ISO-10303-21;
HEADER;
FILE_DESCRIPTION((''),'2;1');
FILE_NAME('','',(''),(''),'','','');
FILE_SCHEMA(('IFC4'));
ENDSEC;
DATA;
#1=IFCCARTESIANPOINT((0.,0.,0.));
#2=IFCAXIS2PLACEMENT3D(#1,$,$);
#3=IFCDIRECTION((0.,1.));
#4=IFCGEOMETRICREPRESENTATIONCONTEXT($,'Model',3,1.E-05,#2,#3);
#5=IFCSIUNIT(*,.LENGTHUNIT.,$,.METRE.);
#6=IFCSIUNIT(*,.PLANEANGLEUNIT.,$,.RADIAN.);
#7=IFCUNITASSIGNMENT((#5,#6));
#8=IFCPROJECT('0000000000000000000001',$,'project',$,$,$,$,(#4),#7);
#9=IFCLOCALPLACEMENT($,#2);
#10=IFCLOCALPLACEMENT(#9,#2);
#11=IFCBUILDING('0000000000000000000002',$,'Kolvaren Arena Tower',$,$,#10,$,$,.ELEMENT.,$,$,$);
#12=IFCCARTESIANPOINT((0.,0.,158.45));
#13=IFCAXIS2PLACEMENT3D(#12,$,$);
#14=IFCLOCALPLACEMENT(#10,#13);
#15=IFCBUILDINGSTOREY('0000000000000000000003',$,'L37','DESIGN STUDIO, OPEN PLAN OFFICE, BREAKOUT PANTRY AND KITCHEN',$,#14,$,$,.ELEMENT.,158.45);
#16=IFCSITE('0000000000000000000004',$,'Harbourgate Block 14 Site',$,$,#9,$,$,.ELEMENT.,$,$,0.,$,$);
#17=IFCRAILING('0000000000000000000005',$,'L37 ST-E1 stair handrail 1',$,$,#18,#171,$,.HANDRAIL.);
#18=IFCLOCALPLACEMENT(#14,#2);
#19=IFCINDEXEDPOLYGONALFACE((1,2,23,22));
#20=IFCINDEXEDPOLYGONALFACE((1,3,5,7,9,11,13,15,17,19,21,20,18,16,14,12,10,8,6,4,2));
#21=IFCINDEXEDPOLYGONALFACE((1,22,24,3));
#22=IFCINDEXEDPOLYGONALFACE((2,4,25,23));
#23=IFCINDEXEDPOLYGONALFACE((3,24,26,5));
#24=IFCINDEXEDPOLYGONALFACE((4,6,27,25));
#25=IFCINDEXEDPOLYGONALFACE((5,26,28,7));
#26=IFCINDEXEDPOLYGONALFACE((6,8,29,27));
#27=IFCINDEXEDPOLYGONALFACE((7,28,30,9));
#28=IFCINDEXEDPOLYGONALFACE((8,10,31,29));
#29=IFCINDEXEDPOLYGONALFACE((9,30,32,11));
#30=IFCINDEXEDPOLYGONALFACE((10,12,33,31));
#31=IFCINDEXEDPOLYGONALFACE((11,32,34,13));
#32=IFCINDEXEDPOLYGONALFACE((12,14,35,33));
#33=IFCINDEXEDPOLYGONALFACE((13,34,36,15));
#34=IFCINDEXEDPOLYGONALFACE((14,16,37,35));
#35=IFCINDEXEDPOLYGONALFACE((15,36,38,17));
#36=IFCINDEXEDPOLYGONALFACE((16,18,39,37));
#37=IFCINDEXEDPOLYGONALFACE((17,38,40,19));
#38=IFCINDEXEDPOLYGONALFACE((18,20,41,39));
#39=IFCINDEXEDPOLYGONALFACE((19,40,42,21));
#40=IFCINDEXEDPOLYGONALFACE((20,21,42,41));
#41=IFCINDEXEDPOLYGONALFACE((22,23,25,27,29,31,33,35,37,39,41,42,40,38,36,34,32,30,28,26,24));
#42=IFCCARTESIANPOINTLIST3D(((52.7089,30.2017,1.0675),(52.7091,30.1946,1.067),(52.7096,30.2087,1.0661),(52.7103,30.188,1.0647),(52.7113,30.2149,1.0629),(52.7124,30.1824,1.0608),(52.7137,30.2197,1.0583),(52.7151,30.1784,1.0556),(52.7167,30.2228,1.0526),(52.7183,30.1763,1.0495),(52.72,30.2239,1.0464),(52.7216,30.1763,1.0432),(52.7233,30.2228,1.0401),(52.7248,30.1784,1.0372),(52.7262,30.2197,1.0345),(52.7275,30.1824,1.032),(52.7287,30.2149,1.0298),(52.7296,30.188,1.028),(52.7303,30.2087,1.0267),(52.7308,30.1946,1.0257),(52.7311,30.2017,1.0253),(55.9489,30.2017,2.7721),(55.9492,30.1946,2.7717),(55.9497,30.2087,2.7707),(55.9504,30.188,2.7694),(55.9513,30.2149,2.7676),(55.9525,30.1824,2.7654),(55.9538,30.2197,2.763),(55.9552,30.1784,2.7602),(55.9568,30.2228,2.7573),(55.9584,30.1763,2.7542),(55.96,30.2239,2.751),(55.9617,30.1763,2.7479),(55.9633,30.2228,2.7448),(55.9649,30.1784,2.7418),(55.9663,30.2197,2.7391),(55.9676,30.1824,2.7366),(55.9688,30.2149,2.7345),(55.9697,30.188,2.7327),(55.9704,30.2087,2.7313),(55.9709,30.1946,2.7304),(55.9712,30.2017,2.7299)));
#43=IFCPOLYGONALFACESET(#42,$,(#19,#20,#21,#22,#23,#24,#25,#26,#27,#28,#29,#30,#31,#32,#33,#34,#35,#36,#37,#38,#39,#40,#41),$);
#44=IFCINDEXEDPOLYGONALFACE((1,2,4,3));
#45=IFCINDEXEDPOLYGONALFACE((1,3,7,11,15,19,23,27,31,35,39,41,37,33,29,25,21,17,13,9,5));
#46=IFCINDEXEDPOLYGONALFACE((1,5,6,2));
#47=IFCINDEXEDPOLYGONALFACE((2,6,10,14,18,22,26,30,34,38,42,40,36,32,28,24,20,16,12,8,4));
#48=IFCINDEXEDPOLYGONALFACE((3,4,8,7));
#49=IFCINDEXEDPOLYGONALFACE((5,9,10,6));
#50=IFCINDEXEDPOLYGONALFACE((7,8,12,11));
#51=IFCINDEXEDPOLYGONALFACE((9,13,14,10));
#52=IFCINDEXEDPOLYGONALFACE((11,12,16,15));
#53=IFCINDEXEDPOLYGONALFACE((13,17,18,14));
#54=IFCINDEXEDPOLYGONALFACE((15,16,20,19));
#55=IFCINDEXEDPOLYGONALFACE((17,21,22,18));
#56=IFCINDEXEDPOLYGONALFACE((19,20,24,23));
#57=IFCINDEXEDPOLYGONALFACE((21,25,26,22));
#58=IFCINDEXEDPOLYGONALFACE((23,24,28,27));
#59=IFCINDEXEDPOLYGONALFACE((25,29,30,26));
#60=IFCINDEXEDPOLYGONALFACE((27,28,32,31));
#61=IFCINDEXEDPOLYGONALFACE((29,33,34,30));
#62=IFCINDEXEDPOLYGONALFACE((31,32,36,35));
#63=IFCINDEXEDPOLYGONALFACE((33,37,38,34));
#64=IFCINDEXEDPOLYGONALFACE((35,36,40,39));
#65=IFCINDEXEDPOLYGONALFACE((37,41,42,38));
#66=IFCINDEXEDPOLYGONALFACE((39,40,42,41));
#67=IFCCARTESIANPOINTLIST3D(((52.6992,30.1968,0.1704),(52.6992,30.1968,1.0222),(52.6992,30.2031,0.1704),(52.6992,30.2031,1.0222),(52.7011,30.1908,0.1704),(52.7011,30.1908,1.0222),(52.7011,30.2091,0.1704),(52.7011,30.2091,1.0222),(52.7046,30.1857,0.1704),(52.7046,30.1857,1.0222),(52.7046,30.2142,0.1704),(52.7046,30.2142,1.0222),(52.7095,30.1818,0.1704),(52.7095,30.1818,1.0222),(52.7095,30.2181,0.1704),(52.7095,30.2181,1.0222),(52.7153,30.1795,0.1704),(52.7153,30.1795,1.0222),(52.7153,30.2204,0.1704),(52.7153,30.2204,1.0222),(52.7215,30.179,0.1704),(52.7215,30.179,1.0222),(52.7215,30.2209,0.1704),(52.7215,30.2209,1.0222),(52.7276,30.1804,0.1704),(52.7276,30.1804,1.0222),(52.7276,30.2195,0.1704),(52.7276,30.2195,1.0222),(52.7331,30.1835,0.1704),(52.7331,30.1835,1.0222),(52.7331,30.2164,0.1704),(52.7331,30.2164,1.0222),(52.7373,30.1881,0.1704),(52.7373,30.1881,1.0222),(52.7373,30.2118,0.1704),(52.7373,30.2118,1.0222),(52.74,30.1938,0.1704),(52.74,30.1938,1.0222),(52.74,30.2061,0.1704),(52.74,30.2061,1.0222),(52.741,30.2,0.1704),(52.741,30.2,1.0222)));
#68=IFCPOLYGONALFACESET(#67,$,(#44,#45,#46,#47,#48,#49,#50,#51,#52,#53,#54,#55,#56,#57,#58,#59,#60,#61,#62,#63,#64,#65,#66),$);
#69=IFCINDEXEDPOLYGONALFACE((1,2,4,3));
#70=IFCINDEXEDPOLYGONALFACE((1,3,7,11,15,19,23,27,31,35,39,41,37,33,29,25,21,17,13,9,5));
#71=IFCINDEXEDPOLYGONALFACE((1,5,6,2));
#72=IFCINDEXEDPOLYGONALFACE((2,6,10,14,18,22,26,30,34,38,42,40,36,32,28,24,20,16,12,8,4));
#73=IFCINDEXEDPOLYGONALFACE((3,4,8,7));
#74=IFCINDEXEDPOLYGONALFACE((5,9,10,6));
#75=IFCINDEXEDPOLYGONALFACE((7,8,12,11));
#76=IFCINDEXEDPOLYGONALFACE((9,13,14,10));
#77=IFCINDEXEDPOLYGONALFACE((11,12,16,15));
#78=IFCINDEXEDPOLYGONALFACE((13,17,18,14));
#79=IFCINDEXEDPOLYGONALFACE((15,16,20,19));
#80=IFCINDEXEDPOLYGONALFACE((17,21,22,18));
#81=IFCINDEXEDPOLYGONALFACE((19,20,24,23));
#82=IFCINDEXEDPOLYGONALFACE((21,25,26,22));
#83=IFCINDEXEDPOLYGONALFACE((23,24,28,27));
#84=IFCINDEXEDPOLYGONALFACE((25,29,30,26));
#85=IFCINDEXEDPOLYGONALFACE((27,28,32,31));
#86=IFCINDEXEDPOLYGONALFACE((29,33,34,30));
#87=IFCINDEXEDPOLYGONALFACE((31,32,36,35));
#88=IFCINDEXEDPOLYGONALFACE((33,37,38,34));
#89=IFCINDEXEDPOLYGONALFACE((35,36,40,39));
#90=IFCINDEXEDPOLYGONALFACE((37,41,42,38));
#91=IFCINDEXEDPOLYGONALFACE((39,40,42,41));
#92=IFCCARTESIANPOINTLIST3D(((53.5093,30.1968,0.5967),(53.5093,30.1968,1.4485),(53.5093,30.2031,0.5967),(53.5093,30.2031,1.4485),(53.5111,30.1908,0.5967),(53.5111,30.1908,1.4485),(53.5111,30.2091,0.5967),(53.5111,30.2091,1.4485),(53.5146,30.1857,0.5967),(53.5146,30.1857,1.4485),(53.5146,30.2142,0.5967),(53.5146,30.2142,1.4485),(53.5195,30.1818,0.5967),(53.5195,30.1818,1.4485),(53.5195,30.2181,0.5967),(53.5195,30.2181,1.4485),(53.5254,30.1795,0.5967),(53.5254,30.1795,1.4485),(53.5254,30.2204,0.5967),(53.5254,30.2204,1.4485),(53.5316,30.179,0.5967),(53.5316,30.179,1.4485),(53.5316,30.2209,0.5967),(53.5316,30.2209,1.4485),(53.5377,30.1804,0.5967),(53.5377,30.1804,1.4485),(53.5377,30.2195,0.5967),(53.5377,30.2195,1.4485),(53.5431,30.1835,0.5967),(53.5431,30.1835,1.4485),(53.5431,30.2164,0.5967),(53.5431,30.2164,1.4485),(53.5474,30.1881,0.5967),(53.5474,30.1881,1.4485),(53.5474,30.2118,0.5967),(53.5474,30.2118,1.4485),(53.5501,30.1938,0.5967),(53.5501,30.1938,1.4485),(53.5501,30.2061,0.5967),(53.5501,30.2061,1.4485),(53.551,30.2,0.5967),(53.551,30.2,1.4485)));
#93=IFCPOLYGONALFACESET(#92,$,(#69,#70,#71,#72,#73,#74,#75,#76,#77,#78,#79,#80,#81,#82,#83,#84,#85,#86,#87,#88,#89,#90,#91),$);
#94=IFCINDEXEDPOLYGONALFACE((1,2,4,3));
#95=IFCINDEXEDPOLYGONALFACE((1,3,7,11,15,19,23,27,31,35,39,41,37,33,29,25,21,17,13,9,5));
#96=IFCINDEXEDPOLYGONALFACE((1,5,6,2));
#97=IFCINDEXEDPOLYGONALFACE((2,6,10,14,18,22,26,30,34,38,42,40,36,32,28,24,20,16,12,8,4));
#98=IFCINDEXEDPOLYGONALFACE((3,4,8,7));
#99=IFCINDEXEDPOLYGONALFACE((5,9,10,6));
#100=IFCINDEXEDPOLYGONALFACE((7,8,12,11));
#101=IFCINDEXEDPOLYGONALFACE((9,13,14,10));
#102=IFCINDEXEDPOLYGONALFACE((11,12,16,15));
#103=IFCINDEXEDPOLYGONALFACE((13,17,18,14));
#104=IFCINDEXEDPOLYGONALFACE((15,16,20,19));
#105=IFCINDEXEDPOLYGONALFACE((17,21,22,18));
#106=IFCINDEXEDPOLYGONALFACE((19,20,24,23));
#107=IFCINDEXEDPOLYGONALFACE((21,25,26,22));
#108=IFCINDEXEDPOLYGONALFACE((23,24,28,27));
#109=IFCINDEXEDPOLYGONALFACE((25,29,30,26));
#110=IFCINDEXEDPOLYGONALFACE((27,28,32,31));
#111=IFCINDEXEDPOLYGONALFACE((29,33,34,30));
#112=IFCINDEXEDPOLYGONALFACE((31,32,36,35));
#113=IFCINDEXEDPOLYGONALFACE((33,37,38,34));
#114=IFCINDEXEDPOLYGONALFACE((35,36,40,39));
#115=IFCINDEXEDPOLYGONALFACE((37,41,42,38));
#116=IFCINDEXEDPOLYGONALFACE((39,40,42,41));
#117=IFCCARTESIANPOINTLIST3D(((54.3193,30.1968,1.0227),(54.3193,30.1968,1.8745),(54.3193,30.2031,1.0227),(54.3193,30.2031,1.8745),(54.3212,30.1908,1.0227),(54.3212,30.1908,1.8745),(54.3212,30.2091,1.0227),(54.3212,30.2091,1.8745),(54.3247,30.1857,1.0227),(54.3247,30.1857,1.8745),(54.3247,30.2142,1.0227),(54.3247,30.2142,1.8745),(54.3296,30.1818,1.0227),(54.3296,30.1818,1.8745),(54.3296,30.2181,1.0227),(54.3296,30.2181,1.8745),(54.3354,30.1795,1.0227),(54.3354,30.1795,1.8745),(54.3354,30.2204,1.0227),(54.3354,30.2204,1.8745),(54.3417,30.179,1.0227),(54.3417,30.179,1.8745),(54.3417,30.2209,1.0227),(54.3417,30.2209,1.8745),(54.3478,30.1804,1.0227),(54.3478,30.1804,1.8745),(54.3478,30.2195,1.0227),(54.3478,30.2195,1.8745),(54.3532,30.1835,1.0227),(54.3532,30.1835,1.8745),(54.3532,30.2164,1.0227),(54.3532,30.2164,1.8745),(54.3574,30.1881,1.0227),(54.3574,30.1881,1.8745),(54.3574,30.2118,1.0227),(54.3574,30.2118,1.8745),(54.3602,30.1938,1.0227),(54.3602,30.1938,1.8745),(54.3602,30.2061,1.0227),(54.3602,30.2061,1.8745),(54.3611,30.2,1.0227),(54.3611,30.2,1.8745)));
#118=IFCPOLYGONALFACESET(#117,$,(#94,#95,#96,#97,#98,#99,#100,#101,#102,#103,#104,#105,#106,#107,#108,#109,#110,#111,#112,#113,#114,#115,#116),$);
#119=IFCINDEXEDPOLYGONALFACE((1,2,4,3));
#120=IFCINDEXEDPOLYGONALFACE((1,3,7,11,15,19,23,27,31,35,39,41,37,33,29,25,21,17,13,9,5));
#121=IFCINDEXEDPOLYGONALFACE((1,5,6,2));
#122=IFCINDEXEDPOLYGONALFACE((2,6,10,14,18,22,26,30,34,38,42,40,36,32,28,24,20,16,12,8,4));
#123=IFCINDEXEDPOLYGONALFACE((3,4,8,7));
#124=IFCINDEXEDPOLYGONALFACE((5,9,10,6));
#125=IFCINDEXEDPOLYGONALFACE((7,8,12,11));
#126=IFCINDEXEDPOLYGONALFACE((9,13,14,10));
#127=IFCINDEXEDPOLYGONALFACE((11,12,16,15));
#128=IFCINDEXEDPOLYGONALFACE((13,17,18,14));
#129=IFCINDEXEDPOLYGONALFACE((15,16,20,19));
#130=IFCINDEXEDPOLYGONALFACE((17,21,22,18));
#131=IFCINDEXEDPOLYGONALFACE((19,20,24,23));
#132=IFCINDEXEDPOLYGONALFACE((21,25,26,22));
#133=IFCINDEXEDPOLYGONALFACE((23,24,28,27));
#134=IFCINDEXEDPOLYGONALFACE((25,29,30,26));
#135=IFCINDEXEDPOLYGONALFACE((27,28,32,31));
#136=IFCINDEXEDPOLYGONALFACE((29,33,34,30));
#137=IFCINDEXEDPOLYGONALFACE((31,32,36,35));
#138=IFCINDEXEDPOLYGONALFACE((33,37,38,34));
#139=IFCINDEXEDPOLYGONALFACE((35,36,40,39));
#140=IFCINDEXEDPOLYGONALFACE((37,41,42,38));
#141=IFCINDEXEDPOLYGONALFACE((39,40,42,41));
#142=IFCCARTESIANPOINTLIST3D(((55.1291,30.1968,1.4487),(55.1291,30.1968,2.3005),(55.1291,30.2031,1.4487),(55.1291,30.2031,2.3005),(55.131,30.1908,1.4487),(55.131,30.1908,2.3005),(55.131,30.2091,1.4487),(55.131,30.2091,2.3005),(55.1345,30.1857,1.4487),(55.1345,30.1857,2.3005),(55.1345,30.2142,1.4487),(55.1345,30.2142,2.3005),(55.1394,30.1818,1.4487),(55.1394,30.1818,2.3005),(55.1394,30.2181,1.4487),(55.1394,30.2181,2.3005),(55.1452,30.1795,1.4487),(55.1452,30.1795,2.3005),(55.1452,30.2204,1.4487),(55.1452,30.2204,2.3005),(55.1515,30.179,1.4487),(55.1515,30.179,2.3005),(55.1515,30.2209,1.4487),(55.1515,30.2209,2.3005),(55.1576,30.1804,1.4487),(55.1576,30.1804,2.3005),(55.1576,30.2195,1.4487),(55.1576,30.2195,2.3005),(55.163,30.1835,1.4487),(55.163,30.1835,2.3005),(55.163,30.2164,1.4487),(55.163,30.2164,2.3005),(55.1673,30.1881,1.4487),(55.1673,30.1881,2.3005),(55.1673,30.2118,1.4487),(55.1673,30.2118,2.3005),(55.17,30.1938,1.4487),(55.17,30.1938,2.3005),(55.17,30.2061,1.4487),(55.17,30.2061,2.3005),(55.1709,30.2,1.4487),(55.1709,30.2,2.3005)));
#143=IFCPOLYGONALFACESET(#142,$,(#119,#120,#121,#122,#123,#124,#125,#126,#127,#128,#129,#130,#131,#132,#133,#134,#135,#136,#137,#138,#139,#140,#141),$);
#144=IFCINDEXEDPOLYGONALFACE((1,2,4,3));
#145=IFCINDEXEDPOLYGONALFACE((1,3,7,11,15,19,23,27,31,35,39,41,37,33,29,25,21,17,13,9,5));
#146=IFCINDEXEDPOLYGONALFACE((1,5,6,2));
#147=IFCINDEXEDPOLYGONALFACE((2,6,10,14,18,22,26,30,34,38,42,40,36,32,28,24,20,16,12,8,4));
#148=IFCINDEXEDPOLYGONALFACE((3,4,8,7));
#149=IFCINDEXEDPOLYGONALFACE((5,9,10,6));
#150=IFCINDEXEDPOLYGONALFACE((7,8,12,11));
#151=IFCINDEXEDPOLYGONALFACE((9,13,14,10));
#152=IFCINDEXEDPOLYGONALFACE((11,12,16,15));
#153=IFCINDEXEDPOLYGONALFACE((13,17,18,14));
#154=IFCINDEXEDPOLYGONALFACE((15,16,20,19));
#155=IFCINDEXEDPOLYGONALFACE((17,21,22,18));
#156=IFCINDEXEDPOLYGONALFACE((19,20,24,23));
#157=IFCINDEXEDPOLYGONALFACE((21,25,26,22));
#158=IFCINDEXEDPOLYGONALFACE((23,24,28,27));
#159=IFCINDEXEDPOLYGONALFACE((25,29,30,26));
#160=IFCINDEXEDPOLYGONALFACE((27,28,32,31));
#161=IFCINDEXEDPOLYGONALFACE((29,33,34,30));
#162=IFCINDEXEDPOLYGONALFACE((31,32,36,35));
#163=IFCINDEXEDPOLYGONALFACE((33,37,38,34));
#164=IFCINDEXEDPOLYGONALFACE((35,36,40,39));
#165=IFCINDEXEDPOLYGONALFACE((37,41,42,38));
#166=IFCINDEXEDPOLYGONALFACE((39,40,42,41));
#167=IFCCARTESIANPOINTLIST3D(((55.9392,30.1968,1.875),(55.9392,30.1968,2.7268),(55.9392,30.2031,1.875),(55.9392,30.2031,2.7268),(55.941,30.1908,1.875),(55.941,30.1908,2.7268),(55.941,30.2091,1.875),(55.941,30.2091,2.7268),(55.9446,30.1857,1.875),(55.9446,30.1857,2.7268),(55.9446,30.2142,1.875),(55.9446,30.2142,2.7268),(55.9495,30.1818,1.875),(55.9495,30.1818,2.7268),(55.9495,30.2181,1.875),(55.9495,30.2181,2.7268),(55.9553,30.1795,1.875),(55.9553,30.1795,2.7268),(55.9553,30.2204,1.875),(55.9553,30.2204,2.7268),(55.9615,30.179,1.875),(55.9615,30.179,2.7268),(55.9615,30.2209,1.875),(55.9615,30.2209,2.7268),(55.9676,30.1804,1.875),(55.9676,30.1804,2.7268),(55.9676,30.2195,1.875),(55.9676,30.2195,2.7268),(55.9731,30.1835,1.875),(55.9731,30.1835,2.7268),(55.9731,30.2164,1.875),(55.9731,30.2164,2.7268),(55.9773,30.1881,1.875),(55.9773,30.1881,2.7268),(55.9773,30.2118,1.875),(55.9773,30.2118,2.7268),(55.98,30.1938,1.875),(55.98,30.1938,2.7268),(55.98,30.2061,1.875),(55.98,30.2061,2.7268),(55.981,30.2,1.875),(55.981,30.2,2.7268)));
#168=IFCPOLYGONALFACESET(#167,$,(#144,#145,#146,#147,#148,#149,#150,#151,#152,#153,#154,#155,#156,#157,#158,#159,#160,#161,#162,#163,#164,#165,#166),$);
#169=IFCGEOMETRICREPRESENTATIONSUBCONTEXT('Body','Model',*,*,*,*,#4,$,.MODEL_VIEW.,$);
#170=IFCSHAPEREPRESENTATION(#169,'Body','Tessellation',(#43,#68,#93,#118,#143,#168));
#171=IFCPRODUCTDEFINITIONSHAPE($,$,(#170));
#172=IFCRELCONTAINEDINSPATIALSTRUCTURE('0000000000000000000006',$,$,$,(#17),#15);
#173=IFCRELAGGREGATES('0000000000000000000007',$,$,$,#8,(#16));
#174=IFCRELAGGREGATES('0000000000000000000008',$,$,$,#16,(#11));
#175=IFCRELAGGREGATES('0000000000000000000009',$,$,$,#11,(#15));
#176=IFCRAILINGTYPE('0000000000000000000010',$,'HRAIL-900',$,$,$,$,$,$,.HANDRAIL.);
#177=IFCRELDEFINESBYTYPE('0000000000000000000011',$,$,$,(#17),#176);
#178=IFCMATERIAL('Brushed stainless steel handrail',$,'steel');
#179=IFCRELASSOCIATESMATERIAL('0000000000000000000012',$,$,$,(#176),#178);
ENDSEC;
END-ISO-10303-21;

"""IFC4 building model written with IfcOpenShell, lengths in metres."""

from ifc_helpers import new_model, si_unit, direction, frame, origin, origin_2d, place, context, subcontext, project, spatial, circle, extrude, material, type_object, element, save


model = new_model("IFC4")

# Units and contexts
model_context = context("Model", 3, precision=1e-05, world=origin(), true_north=direction((0.0, 1.0)))
body_context = subcontext(model_context, "Body", "Model", "MODEL_VIEW")
ifc_project = project(units=[si_unit("LENGTHUNIT", "METRE"), si_unit("PLANEANGLEUNIT", "RADIAN")], contexts=[model_context])

# Site, building, storey
site_placement = place(None, origin())
site = spatial("IfcSite", under=ifc_project, at=site_placement, Name="Harbourgate Block 14 Site", CompositionType="ELEMENT", RefElevation=0.0)
building_placement = place(site_placement, origin())
building = spatial("IfcBuilding", under=site, at=building_placement, Name="Kolvaren Arena Tower", CompositionType="ELEMENT")
storey_placement = place(building_placement, frame((0.0, 0.0, 158.45)))
storey = spatial("IfcBuildingStorey", under=building, at=storey_placement, Name="L37", Description="DESIGN STUDIO, OPEN PLAN OFFICE, BREAKOUT PANTRY AND KITCHEN", CompositionType="ELEMENT", Elevation=158.45)

# Railing
ifc_material_1 = material(Name="Brushed stainless steel handrail", Category="steel")
railing_type_1 = type_object("IfcRailingType", Name="HRAIL-900", PredefinedType="HANDRAIL", material=ifc_material_1)
for number, where, name in (
    (1, (52.72, 30.2, 0.1704), "L37 ST-E1 stair handrail 1"),
):
    element("IfcRailing", number, at=place(storey_placement, frame(where)), inside=storey, type_object=railing_type_1, Name=name, PredefinedType="HANDRAIL", context=body_context, shape_type="SweptSolid", body=[
        extrude(circle(Radius=0.0239, at=origin_2d()), frame((0.0, 0.0, 0.876), z_axis=(0.884993, 0.0, 0.465604), x_axis=(0.0, 1.0, 0.0)), (0.0, 0.0, 1.0), 3.6611),
        extrude(circle(Radius=0.021, at=origin_2d()), origin(), (0.0, 0.0, 1.0), 0.8518),
        extrude(circle(Radius=0.021, at=origin_2d()), frame((0.8101, 0.0, 0.4263)), (0.0, 0.0, 1.0), 0.8518),
        extrude(circle(Radius=0.021, at=origin_2d()), frame((1.6201, 0.0, 0.8523)), (0.0, 0.0, 1.0), 0.8518),
        extrude(circle(Radius=0.021, at=origin_2d()), frame((2.4299, 0.0, 1.2783)), (0.0, 0.0, 1.0), 0.8518),
        extrude(circle(Radius=0.021, at=origin_2d()), frame((3.24, 0.0, 1.7046)), (0.0, 0.0, 1.0), 0.8518),
    ])

save(model, "model.ifc")
